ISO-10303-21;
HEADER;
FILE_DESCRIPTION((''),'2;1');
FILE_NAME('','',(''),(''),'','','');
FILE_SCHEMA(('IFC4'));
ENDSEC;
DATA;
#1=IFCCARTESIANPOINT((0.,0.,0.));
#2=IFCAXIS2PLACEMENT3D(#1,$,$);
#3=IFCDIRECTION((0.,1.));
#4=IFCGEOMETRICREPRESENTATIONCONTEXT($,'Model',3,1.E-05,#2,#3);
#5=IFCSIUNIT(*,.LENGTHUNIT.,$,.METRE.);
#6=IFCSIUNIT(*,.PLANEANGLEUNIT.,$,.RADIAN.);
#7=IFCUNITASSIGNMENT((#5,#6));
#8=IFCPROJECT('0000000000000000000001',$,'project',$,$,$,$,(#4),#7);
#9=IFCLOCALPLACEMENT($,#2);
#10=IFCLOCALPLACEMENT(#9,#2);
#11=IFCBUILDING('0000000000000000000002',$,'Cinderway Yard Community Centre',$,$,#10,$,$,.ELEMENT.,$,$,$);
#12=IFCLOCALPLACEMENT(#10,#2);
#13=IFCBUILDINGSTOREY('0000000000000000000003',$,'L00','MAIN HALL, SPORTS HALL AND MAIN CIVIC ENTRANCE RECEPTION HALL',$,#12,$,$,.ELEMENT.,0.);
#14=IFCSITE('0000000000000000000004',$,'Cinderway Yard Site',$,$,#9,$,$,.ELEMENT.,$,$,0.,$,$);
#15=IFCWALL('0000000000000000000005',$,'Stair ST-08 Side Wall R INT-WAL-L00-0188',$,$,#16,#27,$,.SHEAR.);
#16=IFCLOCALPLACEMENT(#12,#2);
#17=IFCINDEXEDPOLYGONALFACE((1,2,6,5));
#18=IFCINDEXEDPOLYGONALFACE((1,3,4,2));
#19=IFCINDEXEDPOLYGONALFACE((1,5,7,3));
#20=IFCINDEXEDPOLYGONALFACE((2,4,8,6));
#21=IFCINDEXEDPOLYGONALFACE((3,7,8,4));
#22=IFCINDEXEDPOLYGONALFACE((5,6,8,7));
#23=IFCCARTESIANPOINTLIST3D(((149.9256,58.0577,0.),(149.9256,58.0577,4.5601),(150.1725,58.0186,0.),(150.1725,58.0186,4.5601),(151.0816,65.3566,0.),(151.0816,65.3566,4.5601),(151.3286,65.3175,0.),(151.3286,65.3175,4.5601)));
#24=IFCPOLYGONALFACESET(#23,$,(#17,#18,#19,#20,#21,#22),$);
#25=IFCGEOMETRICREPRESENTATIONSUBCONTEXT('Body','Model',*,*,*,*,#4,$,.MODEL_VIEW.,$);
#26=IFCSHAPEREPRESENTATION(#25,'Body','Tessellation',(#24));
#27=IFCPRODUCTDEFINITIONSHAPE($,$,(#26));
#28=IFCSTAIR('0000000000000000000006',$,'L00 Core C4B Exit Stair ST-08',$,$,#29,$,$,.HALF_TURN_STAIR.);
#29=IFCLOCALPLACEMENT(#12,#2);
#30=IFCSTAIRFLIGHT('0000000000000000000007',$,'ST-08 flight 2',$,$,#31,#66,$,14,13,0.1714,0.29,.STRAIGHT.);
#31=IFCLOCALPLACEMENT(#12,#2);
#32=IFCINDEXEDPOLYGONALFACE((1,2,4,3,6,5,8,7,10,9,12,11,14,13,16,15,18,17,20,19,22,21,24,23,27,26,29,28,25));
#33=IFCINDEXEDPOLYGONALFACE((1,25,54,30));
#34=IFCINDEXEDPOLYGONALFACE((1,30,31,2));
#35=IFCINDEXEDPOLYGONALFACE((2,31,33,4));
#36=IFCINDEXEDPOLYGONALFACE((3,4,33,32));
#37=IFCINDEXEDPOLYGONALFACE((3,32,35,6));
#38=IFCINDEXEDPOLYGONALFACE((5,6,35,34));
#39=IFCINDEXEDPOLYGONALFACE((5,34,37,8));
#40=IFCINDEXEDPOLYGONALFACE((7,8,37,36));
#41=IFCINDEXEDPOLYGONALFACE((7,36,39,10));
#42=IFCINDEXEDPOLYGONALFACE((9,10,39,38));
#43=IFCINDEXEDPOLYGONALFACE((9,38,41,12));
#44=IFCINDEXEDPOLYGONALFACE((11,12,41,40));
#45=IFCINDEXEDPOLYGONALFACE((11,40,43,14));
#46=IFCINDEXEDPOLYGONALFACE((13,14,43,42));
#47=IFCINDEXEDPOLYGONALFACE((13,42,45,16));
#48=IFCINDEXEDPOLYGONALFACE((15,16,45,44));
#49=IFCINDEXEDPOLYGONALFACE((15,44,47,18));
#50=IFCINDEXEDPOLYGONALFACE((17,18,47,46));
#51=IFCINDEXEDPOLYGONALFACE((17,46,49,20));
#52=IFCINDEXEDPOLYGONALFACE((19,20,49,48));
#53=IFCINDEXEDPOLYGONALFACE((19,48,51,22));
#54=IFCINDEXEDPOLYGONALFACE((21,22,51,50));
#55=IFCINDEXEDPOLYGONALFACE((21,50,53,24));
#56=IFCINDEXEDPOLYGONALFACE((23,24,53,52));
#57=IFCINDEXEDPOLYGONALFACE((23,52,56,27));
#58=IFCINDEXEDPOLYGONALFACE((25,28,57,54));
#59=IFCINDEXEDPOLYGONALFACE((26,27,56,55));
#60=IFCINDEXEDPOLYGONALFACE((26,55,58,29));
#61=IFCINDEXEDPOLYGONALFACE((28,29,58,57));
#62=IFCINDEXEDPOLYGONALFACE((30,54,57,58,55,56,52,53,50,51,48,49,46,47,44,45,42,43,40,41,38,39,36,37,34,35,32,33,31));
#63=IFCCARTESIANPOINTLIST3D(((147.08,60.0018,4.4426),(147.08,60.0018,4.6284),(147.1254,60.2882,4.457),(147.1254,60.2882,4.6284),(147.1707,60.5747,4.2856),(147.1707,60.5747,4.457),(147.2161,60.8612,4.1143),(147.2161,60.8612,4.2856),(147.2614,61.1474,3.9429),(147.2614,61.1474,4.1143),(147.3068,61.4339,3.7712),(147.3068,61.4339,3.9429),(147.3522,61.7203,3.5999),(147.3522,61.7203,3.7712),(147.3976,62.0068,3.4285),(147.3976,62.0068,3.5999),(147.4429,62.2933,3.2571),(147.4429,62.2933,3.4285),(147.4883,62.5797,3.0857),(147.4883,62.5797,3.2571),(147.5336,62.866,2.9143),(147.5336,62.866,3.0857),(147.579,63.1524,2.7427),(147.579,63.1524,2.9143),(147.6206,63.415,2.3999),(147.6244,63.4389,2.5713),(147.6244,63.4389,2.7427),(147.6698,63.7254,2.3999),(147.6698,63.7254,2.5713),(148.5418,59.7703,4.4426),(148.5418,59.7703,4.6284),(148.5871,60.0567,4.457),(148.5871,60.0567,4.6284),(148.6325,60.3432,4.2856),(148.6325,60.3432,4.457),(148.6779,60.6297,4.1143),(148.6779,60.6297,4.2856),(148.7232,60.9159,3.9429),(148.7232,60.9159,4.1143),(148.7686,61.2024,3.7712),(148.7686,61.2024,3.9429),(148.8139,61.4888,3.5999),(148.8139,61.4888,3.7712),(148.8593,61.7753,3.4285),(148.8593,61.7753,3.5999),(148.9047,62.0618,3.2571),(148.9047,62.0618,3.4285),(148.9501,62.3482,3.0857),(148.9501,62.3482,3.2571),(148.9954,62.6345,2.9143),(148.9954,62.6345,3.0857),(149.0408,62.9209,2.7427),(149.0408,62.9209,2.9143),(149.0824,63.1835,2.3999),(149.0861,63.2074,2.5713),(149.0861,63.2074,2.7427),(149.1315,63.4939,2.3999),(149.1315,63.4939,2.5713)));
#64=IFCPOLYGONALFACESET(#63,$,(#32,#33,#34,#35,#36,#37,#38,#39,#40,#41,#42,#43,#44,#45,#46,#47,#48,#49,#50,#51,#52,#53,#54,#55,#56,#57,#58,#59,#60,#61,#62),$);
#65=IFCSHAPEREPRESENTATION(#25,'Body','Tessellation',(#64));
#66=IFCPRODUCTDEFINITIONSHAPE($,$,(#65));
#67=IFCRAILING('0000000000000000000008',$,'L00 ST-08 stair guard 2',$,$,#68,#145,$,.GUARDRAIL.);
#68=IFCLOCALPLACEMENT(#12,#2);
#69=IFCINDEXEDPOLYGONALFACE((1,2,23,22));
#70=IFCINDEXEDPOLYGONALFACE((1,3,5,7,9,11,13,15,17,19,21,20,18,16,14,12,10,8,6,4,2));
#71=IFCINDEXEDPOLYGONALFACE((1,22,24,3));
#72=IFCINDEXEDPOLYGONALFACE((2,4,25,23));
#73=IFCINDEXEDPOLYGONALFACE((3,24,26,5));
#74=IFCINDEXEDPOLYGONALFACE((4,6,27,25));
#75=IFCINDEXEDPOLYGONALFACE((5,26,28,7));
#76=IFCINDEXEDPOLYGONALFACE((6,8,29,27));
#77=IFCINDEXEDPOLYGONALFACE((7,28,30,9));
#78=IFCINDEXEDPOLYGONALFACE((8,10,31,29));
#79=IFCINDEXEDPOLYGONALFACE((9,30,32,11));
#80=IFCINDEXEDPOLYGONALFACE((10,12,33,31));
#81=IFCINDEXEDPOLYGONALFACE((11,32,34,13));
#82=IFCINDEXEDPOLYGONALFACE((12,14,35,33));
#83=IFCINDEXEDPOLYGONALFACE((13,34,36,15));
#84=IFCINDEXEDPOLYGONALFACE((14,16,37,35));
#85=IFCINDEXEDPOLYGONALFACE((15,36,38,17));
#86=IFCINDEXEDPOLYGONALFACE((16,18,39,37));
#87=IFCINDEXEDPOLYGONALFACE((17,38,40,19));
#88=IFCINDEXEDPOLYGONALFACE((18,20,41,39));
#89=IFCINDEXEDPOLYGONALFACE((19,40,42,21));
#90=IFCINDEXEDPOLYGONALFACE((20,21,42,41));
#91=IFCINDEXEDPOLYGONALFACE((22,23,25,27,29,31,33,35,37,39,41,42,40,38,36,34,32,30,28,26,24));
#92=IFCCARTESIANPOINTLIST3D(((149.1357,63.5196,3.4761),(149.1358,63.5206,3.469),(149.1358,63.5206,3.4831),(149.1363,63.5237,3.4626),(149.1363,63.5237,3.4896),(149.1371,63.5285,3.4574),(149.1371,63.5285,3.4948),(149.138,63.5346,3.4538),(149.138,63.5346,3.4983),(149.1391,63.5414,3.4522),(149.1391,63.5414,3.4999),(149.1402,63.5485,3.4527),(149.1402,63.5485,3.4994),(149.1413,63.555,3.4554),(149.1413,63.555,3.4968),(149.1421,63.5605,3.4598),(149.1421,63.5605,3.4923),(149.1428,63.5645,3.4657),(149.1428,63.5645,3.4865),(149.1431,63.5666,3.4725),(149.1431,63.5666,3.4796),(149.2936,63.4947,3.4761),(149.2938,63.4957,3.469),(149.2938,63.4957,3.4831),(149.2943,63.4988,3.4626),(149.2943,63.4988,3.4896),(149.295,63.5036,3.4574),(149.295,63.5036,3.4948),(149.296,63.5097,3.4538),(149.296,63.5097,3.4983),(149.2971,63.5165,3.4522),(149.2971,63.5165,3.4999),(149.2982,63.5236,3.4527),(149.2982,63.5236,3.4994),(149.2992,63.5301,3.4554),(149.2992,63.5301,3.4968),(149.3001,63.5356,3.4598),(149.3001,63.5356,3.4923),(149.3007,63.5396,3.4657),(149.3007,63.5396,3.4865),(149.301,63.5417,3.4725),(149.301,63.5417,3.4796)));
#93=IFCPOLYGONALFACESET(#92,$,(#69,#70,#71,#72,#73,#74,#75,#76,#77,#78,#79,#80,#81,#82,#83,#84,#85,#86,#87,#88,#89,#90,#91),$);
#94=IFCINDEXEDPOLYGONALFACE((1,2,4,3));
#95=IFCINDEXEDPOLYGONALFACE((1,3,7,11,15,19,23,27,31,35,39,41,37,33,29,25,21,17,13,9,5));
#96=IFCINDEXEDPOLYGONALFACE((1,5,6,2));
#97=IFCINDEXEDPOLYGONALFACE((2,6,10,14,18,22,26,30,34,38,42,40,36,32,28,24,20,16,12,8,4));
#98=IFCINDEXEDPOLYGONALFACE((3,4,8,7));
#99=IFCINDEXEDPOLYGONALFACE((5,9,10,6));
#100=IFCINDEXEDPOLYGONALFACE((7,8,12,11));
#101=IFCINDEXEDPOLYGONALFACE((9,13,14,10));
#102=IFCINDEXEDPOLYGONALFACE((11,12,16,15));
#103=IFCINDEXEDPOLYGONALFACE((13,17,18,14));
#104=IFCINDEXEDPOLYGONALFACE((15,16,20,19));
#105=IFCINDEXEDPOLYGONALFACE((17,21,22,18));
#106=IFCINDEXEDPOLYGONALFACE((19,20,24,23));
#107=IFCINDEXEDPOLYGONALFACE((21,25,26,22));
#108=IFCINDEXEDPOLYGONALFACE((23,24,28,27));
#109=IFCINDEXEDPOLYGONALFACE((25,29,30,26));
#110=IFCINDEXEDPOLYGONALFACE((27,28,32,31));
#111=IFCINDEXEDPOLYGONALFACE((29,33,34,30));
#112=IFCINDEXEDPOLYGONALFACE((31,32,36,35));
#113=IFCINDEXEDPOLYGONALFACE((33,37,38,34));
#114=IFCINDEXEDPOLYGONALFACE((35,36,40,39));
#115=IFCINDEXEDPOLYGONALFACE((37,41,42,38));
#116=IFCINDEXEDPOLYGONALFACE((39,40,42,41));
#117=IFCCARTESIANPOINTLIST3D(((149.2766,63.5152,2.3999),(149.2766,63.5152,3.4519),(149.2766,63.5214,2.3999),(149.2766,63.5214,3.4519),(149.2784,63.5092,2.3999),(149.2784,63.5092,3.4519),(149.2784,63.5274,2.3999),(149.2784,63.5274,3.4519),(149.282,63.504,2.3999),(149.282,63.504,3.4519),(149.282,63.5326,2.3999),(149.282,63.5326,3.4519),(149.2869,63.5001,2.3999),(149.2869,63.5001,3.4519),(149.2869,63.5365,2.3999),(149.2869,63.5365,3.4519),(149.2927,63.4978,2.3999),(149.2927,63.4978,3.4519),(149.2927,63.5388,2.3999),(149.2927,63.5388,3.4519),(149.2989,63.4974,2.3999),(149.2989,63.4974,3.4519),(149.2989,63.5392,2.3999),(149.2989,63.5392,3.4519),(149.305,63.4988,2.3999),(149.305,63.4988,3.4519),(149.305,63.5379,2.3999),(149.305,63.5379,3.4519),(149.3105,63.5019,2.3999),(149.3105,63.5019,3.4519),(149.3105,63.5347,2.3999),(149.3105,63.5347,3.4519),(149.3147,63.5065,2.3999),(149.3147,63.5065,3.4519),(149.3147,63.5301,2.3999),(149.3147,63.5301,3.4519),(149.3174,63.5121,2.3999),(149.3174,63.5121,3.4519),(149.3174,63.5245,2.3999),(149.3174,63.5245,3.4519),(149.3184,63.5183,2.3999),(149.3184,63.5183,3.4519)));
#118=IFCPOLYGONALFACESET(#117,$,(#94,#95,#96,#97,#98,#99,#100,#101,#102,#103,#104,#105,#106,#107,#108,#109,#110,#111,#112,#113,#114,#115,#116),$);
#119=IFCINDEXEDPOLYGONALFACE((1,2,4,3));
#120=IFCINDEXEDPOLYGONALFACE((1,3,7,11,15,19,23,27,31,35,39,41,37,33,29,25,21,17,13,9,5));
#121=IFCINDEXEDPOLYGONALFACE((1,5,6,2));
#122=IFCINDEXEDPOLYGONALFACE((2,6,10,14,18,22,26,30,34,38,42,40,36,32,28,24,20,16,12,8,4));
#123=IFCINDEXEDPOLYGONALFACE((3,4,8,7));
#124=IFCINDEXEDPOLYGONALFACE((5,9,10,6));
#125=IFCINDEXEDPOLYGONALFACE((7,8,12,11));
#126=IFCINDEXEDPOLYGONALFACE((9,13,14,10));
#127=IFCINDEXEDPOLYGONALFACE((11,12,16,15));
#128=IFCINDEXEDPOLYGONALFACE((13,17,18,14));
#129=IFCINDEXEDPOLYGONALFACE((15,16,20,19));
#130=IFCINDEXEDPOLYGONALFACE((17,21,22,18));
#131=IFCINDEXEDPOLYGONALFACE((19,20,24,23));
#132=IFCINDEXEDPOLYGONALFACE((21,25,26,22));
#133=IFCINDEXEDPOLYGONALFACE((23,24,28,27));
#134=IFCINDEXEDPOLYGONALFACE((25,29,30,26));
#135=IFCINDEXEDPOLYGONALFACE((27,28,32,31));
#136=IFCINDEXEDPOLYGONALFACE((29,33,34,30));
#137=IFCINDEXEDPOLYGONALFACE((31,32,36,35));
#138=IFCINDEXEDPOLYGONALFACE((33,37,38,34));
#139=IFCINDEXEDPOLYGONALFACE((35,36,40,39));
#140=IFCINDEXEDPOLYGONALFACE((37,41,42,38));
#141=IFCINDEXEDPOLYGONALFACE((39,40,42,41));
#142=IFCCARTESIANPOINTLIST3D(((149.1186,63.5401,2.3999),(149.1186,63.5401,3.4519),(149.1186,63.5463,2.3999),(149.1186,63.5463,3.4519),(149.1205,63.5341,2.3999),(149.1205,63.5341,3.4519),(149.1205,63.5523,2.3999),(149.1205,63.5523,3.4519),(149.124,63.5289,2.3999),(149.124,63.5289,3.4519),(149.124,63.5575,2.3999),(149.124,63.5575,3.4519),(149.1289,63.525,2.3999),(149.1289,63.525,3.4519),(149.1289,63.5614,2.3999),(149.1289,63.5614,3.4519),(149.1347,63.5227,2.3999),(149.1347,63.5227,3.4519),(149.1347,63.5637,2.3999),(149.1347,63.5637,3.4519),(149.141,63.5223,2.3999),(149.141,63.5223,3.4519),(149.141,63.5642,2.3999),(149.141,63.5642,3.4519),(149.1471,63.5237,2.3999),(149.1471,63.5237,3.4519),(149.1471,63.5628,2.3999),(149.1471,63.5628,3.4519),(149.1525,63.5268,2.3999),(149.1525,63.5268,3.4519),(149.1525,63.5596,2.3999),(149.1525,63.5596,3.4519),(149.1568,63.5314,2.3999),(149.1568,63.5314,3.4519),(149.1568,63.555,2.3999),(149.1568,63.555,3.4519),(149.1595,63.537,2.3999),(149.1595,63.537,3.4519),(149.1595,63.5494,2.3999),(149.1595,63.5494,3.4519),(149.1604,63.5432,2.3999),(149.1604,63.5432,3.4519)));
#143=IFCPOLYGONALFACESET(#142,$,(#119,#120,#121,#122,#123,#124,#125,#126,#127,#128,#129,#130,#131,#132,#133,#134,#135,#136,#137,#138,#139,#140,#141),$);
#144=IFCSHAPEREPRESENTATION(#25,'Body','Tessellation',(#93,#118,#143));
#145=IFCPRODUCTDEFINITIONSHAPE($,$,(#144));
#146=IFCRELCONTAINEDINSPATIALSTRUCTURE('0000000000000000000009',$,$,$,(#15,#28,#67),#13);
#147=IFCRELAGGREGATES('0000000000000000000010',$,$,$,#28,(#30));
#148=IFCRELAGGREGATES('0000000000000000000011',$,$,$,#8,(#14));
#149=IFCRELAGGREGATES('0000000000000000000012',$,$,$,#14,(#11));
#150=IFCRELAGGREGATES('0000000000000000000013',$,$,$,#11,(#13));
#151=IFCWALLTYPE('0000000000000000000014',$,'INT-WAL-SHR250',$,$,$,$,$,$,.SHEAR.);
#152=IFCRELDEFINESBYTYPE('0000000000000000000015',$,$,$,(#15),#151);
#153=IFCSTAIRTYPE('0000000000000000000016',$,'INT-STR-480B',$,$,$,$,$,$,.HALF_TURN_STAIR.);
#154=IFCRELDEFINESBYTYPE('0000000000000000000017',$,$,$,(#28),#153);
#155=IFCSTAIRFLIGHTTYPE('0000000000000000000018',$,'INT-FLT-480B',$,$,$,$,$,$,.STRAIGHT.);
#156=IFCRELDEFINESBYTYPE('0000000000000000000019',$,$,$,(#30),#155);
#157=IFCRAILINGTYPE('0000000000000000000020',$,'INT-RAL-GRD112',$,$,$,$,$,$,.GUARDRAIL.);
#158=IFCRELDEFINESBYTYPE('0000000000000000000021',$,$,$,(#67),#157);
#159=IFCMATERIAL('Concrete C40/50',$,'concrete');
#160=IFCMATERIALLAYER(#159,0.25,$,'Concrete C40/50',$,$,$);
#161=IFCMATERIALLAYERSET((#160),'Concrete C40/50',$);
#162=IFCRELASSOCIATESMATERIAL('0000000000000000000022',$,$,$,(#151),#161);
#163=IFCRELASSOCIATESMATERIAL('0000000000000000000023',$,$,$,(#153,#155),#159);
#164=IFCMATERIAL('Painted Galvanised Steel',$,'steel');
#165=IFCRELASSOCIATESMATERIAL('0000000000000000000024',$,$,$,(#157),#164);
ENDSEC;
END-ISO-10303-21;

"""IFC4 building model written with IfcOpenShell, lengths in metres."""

from ifc_helpers import new_model, si_unit, direction, frame, frame_2d, origin, origin_2d, place, context, subcontext, project, spatial, polyline, rectangle, circle, outline, extrude, material, layer, layer_set, type_object, element, aggregate, save


model = new_model("IFC4")

# Units and contexts
model_context = context("Model", 3, precision=1e-05, world=origin(), true_north=direction((0.0, 1.0)))
body_context = subcontext(model_context, "Body", "Model", "MODEL_VIEW")
ifc_project = project(units=[si_unit("LENGTHUNIT", "METRE"), si_unit("PLANEANGLEUNIT", "RADIAN")], contexts=[model_context])

# Site, building, storey
site_placement = place(None, origin())
site = spatial("IfcSite", under=ifc_project, at=site_placement, Name="Cinderway Yard Site", CompositionType="ELEMENT", RefElevation=0.0)
building_placement = place(site_placement, origin())
building = spatial("IfcBuilding", under=site, at=building_placement, Name="Cinderway Yard Community Centre", CompositionType="ELEMENT")
storey_placement = place(building_placement, origin())
storey = spatial("IfcBuildingStorey", under=building, at=storey_placement, Name="L00", Description="MAIN HALL, SPORTS HALL AND MAIN CIVIC ENTRANCE RECEPTION HALL", CompositionType="ELEMENT", Elevation=0.0)

# Shared definitions
ifc_material_1 = material(Name="Concrete C40/50", Category="concrete")

# Wall
ifc_layer_1 = layer(ifc_material_1, 0.25, Name="Concrete C40/50")
ifc_layer_set_1 = layer_set([ifc_layer_1], Name="Concrete C40/50")
wall_type_1 = type_object("IfcWallType", Name="INT-WAL-SHR250", PredefinedType="SHEAR", material=ifc_layer_set_1)
wall_1_placement = place(storey_placement, frame((151.2051, 65.3369, 0.0), z_axis=(0.0, 0.0, 1.0), x_axis=(-0.156432, -0.987689, 0.0)))
element("IfcWall", 1, at=wall_1_placement, inside=storey, type_object=wall_type_1, Name="Stair ST-08 Side Wall R INT-WAL-L00-0188", PredefinedType="SHEAR", context=body_context, shape_type="SweptSolid", body=[
    extrude(rectangle(XDim=7.3899, YDim=0.25, at=frame_2d((3.6948, 0.0))), origin(), (0.0, 0.0, 1.0), 4.5601),
])

# Stair, stair flight
stair_type = type_object("IfcStairType", Name="INT-STR-480B", PredefinedType="HALF_TURN_STAIR", material=ifc_material_1)
stair_placement = place(storey_placement, origin())
stair = element("IfcStair", 2, at=stair_placement, inside=storey, type_object=stair_type, Name="L00 Core C4B Exit Stair ST-08", PredefinedType="HALF_TURN_STAIR")
stair_flight_type = type_object("IfcStairFlightType", Name="INT-FLT-480B", PredefinedType="STRAIGHT", material=ifc_material_1)
stair_flight_placement = place(storey_placement, frame((148.4006, 63.6096, 2.3999), z_axis=(0.0, 0.0, 1.0), x_axis=(-0.156434, -0.987688, 0.0)))
stair_flight = element("IfcStairFlight", 3, at=stair_flight_placement, type_object=stair_flight_type, Name="ST-08 flight 2", NumberOfRisers=14, NumberOfTreads=13, PredefinedType="STRAIGHT", RiserHeight=0.1714, TreadLength=0.29, context=body_context, shape_type="SweptSolid", body=[
    extrude(outline(polyline([(0.0, 0.0), (0.0, 0.1714), (0.29, 0.1714), (0.29, 0.3428), (0.5801, 0.3428), (0.5801, 0.5144), (0.8701, 0.5144), (0.8701, 0.6858), (1.1599, 0.6858), (1.1599, 0.8572), (1.45, 0.8572), (1.45, 1.0286), (1.74, 1.0286), (1.74, 1.2), (2.03, 1.2), (2.03, 1.3713), (2.3201, 1.3713), (2.3201, 1.543), (2.6101, 1.543), (2.6101, 1.7144), (2.8999, 1.7144), (2.8999, 1.8857), (3.1899, 1.8857), (3.1899, 2.0571), (3.48, 2.0571), (3.48, 2.2285), (3.77, 2.2285), (3.77, 2.3999), (3.77, 2.0427), (0.3142, 0.0), (0.0, 0.0)])), frame((0.0, 0.74, 0.0), z_axis=(0.0, -1.0, 0.0), x_axis=(1.0, 0.0, 0.0)), (0.0, 0.0, 1.0), 1.48),
])
aggregate(stair, [stair_flight])

# Railing
ifc_material_2 = material(Name="Painted Galvanised Steel", Category="steel")
railing_type_1 = type_object("IfcRailingType", Name="INT-RAL-GRD112", PredefinedType="GUARDRAIL", material=ifc_material_2)
railing_1_placement = place(storey_placement, frame((149.2974, 63.5183, 2.3999)))
element("IfcRailing", 4, at=railing_1_placement, inside=storey, type_object=railing_type_1, Name="L00 ST-08 stair guard 2", PredefinedType="GUARDRAIL", context=body_context, shape_type="SweptSolid", body=[
    extrude(circle(Radius=0.0239, at=origin_2d()), frame((0.0, 0.0, 1.0762), z_axis=(-0.9878, 0.155727, 0.0), x_axis=(-0.155727, -0.9878, 0.0)), (0.0, 0.0, 1.0), 0.1599),
    extrude(circle(Radius=0.021, at=origin_2d()), origin(), (0.0, 0.0, 1.0), 1.052),
    extrude(circle(Radius=0.021, at=origin_2d()), frame((-0.158, 0.0249, 0.0)), (0.0, 0.0, 1.0), 1.052),
])

save(model, "model.ifc")
